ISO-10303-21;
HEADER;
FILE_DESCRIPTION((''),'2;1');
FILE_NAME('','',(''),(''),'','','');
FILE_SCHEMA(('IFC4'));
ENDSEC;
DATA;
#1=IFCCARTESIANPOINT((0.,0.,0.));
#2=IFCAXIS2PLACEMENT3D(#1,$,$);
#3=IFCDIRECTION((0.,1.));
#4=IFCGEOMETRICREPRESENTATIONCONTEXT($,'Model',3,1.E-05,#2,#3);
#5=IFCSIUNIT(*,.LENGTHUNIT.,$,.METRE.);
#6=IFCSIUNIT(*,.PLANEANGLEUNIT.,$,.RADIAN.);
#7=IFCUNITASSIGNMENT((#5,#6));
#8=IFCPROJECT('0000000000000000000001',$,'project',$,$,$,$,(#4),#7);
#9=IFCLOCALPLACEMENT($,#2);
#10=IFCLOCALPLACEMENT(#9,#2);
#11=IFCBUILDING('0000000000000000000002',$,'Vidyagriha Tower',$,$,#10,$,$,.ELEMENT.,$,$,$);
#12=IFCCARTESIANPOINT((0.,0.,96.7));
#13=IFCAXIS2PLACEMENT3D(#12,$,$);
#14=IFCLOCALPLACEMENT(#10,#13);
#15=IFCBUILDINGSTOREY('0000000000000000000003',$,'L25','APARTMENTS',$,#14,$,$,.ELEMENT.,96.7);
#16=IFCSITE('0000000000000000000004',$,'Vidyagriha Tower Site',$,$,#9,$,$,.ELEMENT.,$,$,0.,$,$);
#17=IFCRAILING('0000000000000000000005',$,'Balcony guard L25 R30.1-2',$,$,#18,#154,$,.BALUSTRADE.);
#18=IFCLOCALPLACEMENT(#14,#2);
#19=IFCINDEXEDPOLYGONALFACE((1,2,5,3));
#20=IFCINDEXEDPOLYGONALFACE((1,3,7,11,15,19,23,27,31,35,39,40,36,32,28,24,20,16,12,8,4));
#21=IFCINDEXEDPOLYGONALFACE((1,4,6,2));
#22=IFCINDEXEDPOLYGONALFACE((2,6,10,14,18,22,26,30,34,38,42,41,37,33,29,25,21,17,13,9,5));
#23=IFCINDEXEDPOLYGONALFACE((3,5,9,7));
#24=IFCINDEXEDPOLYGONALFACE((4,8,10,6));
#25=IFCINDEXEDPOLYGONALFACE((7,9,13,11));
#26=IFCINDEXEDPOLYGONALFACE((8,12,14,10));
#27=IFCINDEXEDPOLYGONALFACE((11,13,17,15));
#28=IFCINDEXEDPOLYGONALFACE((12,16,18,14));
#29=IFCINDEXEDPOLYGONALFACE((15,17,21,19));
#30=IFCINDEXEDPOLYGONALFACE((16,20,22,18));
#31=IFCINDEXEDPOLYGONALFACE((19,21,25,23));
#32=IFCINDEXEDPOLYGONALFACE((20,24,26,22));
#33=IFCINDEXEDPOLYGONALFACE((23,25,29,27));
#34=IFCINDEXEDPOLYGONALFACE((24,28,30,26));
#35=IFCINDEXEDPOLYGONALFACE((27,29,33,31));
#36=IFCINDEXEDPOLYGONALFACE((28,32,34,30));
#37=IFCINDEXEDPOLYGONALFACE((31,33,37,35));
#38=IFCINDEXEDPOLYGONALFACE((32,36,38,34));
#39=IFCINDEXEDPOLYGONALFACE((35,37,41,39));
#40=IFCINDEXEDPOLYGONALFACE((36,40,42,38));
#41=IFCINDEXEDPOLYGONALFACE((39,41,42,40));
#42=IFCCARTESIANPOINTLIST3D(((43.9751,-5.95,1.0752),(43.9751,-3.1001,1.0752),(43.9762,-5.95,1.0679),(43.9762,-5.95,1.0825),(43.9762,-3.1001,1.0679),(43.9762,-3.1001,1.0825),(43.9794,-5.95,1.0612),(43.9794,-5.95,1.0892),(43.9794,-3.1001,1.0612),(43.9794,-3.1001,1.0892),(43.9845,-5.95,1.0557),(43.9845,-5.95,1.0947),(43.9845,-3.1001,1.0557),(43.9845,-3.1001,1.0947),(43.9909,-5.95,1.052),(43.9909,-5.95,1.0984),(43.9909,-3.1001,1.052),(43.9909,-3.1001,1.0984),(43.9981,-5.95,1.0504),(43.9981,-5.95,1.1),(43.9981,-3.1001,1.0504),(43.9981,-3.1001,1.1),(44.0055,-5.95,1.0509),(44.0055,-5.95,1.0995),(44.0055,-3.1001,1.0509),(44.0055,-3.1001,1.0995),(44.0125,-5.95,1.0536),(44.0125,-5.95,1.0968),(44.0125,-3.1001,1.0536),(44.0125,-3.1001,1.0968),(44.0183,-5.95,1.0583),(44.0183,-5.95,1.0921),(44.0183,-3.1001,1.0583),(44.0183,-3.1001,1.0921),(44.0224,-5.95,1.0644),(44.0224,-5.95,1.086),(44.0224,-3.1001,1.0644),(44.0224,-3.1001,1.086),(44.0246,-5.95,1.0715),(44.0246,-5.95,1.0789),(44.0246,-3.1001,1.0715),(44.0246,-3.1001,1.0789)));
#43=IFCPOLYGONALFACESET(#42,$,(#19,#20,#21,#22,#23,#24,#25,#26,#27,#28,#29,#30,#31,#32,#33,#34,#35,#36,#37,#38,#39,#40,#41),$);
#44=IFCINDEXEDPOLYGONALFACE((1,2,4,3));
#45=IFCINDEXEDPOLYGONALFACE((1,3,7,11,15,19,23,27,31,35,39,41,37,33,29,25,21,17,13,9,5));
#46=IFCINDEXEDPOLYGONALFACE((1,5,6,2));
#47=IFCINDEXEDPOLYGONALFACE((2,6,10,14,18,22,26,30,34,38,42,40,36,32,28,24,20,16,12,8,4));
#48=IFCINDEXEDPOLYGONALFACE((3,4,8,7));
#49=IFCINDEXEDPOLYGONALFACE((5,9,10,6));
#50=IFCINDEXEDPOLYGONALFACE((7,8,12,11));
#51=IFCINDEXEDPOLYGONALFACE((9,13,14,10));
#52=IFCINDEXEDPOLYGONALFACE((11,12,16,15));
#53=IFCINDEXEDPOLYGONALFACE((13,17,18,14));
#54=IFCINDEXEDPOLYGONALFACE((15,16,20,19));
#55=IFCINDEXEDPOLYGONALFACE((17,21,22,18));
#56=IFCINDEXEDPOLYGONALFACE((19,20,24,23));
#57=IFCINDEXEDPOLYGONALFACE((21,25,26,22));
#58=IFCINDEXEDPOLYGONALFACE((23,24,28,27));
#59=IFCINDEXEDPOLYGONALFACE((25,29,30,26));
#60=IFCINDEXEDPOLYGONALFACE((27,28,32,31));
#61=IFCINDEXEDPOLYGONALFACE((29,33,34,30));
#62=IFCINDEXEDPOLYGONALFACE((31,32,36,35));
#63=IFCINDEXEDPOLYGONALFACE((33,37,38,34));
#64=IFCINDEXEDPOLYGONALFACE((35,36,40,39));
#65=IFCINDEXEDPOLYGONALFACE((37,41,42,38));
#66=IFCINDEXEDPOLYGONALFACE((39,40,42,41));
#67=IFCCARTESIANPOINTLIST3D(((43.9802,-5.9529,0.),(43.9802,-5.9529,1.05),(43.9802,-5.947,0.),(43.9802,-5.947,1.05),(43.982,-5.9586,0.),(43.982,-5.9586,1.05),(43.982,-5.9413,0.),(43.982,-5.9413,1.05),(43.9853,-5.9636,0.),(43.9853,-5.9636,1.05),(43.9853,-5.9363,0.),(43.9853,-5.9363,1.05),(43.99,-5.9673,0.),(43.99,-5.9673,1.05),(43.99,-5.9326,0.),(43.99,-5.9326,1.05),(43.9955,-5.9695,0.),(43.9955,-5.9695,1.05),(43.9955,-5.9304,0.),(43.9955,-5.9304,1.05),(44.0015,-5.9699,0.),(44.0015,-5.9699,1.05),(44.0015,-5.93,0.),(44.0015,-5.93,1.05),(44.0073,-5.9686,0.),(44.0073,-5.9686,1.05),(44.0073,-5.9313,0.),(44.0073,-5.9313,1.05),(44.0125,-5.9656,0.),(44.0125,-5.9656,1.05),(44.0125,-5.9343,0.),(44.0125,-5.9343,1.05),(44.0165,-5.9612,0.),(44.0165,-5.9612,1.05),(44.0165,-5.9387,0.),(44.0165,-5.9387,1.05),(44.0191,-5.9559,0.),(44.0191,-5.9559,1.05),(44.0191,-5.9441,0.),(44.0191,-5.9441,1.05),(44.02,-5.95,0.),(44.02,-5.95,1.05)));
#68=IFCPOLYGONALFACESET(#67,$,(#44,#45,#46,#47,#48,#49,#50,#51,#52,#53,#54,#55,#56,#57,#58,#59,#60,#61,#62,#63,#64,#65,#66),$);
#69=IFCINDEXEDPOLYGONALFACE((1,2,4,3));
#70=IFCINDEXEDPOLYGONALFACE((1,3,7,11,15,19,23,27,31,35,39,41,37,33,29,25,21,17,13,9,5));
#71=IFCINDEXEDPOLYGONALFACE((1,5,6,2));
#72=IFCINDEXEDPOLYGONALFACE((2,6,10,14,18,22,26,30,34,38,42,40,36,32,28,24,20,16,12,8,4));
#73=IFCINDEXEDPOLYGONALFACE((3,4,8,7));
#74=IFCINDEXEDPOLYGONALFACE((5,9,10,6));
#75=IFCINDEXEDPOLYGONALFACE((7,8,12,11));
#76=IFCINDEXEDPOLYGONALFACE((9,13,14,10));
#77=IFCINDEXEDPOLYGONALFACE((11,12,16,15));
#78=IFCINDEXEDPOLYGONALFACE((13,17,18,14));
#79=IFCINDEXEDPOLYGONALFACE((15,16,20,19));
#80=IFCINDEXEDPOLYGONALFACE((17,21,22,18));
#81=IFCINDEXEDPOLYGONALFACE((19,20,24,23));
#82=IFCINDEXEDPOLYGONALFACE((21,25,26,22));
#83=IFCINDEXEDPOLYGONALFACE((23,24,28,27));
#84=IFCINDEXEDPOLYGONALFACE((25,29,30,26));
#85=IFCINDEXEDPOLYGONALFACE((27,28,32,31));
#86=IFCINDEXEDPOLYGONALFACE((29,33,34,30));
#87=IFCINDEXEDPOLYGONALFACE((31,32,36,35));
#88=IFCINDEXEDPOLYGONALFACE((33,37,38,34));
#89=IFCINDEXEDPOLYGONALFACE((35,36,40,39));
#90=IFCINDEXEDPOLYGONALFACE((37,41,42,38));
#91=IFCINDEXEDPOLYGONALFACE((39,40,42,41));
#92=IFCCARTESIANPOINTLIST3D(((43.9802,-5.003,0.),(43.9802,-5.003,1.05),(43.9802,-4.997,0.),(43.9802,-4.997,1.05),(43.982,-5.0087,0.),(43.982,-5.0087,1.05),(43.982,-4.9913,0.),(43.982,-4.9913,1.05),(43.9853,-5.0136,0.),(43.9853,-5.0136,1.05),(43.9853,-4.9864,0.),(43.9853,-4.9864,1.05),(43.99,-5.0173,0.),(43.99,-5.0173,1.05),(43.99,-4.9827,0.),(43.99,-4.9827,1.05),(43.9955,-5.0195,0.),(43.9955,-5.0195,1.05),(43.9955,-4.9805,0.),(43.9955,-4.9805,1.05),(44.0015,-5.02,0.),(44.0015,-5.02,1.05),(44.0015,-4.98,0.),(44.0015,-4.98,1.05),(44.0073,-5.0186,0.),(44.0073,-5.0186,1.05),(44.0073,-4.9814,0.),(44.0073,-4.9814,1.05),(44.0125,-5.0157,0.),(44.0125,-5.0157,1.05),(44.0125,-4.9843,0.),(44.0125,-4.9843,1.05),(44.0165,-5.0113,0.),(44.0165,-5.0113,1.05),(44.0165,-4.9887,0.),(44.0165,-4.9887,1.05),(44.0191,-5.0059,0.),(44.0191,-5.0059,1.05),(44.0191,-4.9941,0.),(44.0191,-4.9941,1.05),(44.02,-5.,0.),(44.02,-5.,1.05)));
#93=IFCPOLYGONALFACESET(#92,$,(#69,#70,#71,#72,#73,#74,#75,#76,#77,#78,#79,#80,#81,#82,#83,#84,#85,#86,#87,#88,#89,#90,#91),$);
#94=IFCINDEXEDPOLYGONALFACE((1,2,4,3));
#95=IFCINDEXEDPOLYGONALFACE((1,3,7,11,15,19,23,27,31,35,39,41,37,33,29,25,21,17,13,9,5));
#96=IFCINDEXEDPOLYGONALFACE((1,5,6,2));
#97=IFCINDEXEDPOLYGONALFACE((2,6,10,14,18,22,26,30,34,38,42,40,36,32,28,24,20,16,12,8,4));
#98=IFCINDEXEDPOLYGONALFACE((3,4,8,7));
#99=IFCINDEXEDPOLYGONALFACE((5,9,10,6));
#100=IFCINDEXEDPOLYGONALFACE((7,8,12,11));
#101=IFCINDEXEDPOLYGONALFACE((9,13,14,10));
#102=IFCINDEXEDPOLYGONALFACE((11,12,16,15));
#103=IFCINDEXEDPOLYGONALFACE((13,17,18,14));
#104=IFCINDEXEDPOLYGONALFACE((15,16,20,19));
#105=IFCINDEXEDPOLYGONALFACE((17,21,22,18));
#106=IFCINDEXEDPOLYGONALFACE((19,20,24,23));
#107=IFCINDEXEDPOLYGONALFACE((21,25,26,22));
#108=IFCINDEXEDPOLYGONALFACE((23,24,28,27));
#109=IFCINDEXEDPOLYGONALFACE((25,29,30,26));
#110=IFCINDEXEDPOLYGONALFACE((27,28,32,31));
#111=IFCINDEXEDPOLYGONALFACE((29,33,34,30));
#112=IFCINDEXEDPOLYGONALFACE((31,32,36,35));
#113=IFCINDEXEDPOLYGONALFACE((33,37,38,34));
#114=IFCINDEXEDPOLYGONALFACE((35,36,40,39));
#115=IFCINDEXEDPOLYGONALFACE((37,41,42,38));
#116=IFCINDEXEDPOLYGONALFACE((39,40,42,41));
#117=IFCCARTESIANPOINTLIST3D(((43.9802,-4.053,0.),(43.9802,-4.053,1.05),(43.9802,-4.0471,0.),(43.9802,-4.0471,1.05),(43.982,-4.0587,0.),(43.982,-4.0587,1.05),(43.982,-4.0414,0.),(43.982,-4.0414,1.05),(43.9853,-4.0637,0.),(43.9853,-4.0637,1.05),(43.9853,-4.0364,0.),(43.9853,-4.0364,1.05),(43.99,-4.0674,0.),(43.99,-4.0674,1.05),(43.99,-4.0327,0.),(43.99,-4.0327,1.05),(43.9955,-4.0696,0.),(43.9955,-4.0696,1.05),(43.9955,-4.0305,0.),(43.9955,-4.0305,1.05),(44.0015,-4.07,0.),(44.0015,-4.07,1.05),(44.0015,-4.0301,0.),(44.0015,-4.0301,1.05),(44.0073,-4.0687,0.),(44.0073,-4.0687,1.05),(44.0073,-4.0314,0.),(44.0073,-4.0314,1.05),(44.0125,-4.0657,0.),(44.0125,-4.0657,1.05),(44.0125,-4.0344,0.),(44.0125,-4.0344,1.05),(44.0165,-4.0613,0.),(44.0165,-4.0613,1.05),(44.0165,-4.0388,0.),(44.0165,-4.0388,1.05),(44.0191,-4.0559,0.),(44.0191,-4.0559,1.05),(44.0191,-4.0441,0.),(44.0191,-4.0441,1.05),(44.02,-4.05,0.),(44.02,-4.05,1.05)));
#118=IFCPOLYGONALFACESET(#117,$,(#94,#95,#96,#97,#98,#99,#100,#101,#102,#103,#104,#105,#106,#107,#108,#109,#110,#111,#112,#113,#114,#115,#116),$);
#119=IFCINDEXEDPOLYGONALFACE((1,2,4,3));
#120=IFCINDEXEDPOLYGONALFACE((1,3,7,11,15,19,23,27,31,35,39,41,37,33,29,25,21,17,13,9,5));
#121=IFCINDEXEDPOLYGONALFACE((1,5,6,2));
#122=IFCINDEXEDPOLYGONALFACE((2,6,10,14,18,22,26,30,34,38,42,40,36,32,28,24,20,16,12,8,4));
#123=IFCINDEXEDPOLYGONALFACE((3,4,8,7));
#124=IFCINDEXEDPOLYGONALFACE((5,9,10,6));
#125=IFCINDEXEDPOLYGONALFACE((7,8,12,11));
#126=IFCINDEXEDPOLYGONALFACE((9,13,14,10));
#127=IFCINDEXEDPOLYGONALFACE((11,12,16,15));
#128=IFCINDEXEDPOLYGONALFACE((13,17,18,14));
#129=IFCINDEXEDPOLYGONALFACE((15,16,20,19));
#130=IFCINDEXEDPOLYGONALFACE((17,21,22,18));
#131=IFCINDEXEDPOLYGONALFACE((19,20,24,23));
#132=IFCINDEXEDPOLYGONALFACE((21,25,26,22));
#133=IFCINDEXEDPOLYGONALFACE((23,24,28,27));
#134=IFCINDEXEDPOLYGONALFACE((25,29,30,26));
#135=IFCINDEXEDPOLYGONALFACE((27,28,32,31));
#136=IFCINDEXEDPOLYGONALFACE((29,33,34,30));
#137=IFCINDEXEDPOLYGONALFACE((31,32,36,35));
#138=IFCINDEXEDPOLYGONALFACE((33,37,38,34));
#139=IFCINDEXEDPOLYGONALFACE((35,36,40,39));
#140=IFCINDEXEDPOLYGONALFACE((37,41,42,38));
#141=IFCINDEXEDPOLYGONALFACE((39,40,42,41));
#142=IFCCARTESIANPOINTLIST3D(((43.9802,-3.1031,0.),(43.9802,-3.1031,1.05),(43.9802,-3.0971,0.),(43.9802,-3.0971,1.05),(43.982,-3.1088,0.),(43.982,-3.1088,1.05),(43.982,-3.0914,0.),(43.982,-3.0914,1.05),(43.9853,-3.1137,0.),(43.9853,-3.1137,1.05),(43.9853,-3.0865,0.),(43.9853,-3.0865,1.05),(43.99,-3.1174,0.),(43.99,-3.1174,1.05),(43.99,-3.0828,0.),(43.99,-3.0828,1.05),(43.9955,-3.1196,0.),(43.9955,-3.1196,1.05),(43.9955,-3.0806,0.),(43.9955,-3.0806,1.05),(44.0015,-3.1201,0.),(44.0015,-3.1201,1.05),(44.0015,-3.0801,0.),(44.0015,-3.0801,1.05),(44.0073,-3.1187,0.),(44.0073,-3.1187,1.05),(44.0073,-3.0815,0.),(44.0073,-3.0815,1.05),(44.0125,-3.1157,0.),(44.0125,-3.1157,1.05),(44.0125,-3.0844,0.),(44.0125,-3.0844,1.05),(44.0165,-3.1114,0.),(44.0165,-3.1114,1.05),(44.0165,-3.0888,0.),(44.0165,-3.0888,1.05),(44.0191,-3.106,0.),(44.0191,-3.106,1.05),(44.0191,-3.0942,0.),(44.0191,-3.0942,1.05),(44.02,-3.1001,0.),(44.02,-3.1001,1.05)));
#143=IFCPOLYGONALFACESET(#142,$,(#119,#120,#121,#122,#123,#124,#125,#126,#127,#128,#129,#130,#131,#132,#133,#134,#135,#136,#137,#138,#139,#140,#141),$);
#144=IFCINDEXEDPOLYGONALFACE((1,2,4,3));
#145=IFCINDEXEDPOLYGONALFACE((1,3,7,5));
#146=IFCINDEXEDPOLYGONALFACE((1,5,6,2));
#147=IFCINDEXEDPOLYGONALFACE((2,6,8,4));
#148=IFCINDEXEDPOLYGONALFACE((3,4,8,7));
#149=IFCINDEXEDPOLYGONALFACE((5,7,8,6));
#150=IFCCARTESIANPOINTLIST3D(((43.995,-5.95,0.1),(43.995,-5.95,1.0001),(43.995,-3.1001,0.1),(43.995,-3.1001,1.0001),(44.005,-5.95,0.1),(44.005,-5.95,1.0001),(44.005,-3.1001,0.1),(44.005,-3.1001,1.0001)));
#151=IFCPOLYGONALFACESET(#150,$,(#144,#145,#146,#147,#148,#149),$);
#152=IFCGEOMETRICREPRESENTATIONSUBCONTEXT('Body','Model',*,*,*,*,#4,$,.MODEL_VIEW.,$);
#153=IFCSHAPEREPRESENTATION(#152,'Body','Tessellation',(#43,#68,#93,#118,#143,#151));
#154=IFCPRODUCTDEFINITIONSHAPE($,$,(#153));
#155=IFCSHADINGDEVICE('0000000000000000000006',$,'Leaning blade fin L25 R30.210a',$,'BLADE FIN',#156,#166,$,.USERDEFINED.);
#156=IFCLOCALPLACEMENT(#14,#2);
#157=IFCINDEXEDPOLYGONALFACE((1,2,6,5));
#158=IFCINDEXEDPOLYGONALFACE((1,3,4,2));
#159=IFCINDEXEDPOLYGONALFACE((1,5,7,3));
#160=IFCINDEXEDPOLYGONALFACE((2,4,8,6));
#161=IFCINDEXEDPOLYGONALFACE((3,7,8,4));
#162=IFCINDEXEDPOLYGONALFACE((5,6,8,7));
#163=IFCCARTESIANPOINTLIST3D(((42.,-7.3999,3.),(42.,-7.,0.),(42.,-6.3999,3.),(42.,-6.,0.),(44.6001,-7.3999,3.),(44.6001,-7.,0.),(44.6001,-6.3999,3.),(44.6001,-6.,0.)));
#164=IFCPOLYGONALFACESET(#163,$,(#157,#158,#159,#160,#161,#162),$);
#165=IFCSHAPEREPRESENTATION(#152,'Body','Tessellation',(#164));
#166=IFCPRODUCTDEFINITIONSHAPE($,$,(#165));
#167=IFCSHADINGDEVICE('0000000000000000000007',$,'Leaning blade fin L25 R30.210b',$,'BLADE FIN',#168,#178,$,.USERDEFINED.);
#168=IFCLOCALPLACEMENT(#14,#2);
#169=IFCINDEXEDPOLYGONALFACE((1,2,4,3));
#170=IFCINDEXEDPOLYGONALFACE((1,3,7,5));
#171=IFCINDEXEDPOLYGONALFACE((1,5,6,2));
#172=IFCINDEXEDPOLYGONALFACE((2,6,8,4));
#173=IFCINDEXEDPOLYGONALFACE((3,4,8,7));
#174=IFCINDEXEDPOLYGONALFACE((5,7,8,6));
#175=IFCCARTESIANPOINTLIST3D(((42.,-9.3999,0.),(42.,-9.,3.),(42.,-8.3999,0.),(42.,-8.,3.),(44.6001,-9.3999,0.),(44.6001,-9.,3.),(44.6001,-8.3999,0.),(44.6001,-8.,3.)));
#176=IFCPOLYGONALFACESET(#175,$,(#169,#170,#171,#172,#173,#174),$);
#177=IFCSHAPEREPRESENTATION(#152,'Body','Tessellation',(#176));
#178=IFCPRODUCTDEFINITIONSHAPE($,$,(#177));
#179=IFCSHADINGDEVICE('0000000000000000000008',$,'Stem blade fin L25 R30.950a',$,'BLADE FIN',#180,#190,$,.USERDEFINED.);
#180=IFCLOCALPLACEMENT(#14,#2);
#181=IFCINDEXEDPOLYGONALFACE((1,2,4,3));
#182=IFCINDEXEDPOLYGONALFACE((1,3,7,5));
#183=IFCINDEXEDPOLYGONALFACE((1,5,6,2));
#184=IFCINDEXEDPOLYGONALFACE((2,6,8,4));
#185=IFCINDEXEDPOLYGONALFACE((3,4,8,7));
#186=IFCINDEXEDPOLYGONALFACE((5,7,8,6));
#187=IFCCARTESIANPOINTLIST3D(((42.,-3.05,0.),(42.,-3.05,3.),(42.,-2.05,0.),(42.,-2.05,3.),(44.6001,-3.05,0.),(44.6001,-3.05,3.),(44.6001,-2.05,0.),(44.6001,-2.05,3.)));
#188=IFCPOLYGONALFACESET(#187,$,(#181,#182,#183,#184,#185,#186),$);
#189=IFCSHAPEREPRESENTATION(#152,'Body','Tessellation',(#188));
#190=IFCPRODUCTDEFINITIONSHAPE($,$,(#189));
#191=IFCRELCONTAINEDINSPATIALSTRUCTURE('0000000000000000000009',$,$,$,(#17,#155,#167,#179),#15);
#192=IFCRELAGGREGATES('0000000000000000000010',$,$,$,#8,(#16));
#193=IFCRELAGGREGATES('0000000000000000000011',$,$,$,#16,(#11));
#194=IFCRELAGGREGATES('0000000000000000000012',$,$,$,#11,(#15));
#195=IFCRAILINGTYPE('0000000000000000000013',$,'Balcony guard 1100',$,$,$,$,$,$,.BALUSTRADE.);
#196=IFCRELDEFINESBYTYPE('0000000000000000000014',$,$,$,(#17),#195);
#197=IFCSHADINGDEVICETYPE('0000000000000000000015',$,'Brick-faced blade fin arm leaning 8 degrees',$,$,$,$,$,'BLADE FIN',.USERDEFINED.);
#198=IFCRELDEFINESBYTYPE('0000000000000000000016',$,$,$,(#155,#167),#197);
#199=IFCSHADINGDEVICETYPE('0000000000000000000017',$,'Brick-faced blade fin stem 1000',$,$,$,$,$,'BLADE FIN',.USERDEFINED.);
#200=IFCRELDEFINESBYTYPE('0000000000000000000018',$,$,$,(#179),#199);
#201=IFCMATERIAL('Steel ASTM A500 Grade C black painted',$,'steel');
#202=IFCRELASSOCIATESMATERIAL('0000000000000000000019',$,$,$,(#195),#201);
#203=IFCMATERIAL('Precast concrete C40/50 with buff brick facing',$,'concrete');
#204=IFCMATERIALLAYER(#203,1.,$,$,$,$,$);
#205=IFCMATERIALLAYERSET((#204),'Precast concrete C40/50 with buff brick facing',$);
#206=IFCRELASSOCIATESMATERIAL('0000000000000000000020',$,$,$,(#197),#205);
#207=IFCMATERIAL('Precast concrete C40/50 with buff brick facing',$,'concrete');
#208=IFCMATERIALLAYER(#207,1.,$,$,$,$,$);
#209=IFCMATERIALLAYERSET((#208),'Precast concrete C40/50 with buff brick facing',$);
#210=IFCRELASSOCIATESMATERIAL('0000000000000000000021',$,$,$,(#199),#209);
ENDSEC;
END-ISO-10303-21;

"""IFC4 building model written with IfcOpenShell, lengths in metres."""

from ifc_helpers import new_model, si_unit, direction, frame, origin, origin_2d, place, context, subcontext, project, spatial, polyline, rectangle, circle, outline, extrude, material, layer, layer_set, type_object, element, save


model = new_model("IFC4")

# Units and contexts
model_context = context("Model", 3, precision=1e-05, world=origin(), true_north=direction((0.0, 1.0)))
body_context = subcontext(model_context, "Body", "Model", "MODEL_VIEW")
ifc_project = project(units=[si_unit("LENGTHUNIT", "METRE"), si_unit("PLANEANGLEUNIT", "RADIAN")], contexts=[model_context])

# Site, building, storey
site_placement = place(None, origin())
site = spatial("IfcSite", under=ifc_project, at=site_placement, Name="Vidyagriha Tower Site", CompositionType="ELEMENT", RefElevation=0.0)
building_placement = place(site_placement, origin())
building = spatial("IfcBuilding", under=site, at=building_placement, Name="Vidyagriha Tower", CompositionType="ELEMENT")
storey_placement = place(building_placement, frame((0.0, 0.0, 96.7)))
storey = spatial("IfcBuildingStorey", under=building, at=storey_placement, Name="L25", Description="APARTMENTS", CompositionType="ELEMENT", Elevation=96.7)

# Railing
ifc_material_1 = material(Name="Steel ASTM A500 Grade C black painted", Category="steel")
railing_type_1 = type_object("IfcRailingType", Name="Balcony guard 1100", PredefinedType="BALUSTRADE", material=ifc_material_1)
railing_1_placement = place(storey_placement, frame((44.0, -5.95, 0.0)))
element("IfcRailing", 1, at=railing_1_placement, inside=storey, type_object=railing_type_1, Name="Balcony guard L25 R30.1-2", PredefinedType="BALUSTRADE", context=body_context, shape_type="SweptSolid", body=[
    extrude(circle(Radius=0.0249, at=origin_2d()), frame((0.0, 0.0, 1.0752), z_axis=(0.0, 1.0, 0.0), x_axis=(-1.0, 0.0, 0.0)), (0.0, 0.0, 1.0), 2.8499),
    extrude(circle(Radius=0.02, at=origin_2d()), origin(), (0.0, 0.0, 1.0), 1.05),
    extrude(circle(Radius=0.02, at=origin_2d()), frame((0.0, 0.95, 0.0)), (0.0, 0.0, 1.0), 1.05),
    extrude(circle(Radius=0.02, at=origin_2d()), frame((0.0, 1.8999, 0.0)), (0.0, 0.0, 1.0), 1.05),
    extrude(circle(Radius=0.02, at=origin_2d()), frame((0.0, 2.8499, 0.0)), (0.0, 0.0, 1.0), 1.05),
    extrude(rectangle(XDim=0.01, YDim=0.9001, at=origin_2d()), frame((0.0, 0.0, 0.55), z_axis=(0.0, 1.0, 0.0), x_axis=(-1.0, 0.0, 0.0)), (0.0, 0.0, 1.0), 2.8499),
])

# Shading devices
ifc_material_2 = material(Name="Precast concrete C40/50 with buff brick facing", Category="concrete")
ifc_layer_1 = layer(ifc_material_2, 1.0)
ifc_layer_set_1 = layer_set([ifc_layer_1], Name="Precast concrete C40/50 with buff brick facing")
shading_device_type_1 = type_object("IfcShadingDeviceType", Name="Brick-faced blade fin arm leaning 8 degrees", ElementType="BLADE FIN", PredefinedType="USERDEFINED", material=ifc_layer_set_1)
shading_device_1_placement = place(storey_placement, frame((43.3, -7.3999, 0.0), z_axis=(0.0, 0.0, 1.0), x_axis=(0.0, 1.0, 0.0)))
element("IfcShadingDevice", 2, at=shading_device_1_placement, inside=storey, type_object=shading_device_type_1, Name="Leaning blade fin L25 R30.210a", ObjectType="BLADE FIN", PredefinedType="USERDEFINED", context=body_context, shape_type="SweptSolid", body=[
    extrude(outline(polyline([(0.3999, 0.0), (1.3999, 0.0), (1.0, 3.0), (0.0, 3.0), (0.3999, 0.0)])), frame((0.0, 1.3, 0.0), z_axis=(0.0, -1.0, 0.0), x_axis=(1.0, 0.0, 0.0)), (0.0, 0.0, 1.0), 2.6001),
])
shading_device_2_placement = place(storey_placement, frame((43.3, -9.3999, 0.0), z_axis=(0.0, 0.0, 1.0), x_axis=(0.0, 1.0, 0.0)))
element("IfcShadingDevice", 3, at=shading_device_2_placement, inside=storey, type_object=shading_device_type_1, Name="Leaning blade fin L25 R30.210b", ObjectType="BLADE FIN", PredefinedType="USERDEFINED", context=body_context, shape_type="SweptSolid", body=[
    extrude(outline(polyline([(0.0, 0.0), (1.0, 0.0), (1.3999, 3.0), (0.3999, 3.0), (0.0, 0.0)])), frame((0.0, 1.3, 0.0), z_axis=(0.0, -1.0, 0.0), x_axis=(1.0, 0.0, 0.0)), (0.0, 0.0, 1.0), 2.6001),
])
ifc_material_3 = material(Name="Precast concrete C40/50 with buff brick facing", Category="concrete")
ifc_layer_2 = layer(ifc_material_3, 1.0)
ifc_layer_set_2 = layer_set([ifc_layer_2], Name="Precast concrete C40/50 with buff brick facing")
shading_device_type_2 = type_object("IfcShadingDeviceType", Name="Brick-faced blade fin stem 1000", ElementType="BLADE FIN", PredefinedType="USERDEFINED", material=ifc_layer_set_2)
shading_device_3_placement = place(storey_placement, frame((43.3, -3.05, 0.0), z_axis=(0.0, 0.0, 1.0), x_axis=(0.0, 1.0, 0.0)))
element("IfcShadingDevice", 4, at=shading_device_3_placement, inside=storey, type_object=shading_device_type_2, Name="Stem blade fin L25 R30.950a", ObjectType="BLADE FIN", PredefinedType="USERDEFINED", context=body_context, shape_type="SweptSolid", body=[
    extrude(outline(polyline([(0.0, 0.0), (1.0, 0.0), (1.0, 3.0), (0.0, 3.0), (0.0, 0.0)])), frame((0.0, 1.3, 0.0), z_axis=(0.0, -1.0, 0.0), x_axis=(1.0, 0.0, 0.0)), (0.0, 0.0, 1.0), 2.6001),
])

save(model, "model.ifc")
